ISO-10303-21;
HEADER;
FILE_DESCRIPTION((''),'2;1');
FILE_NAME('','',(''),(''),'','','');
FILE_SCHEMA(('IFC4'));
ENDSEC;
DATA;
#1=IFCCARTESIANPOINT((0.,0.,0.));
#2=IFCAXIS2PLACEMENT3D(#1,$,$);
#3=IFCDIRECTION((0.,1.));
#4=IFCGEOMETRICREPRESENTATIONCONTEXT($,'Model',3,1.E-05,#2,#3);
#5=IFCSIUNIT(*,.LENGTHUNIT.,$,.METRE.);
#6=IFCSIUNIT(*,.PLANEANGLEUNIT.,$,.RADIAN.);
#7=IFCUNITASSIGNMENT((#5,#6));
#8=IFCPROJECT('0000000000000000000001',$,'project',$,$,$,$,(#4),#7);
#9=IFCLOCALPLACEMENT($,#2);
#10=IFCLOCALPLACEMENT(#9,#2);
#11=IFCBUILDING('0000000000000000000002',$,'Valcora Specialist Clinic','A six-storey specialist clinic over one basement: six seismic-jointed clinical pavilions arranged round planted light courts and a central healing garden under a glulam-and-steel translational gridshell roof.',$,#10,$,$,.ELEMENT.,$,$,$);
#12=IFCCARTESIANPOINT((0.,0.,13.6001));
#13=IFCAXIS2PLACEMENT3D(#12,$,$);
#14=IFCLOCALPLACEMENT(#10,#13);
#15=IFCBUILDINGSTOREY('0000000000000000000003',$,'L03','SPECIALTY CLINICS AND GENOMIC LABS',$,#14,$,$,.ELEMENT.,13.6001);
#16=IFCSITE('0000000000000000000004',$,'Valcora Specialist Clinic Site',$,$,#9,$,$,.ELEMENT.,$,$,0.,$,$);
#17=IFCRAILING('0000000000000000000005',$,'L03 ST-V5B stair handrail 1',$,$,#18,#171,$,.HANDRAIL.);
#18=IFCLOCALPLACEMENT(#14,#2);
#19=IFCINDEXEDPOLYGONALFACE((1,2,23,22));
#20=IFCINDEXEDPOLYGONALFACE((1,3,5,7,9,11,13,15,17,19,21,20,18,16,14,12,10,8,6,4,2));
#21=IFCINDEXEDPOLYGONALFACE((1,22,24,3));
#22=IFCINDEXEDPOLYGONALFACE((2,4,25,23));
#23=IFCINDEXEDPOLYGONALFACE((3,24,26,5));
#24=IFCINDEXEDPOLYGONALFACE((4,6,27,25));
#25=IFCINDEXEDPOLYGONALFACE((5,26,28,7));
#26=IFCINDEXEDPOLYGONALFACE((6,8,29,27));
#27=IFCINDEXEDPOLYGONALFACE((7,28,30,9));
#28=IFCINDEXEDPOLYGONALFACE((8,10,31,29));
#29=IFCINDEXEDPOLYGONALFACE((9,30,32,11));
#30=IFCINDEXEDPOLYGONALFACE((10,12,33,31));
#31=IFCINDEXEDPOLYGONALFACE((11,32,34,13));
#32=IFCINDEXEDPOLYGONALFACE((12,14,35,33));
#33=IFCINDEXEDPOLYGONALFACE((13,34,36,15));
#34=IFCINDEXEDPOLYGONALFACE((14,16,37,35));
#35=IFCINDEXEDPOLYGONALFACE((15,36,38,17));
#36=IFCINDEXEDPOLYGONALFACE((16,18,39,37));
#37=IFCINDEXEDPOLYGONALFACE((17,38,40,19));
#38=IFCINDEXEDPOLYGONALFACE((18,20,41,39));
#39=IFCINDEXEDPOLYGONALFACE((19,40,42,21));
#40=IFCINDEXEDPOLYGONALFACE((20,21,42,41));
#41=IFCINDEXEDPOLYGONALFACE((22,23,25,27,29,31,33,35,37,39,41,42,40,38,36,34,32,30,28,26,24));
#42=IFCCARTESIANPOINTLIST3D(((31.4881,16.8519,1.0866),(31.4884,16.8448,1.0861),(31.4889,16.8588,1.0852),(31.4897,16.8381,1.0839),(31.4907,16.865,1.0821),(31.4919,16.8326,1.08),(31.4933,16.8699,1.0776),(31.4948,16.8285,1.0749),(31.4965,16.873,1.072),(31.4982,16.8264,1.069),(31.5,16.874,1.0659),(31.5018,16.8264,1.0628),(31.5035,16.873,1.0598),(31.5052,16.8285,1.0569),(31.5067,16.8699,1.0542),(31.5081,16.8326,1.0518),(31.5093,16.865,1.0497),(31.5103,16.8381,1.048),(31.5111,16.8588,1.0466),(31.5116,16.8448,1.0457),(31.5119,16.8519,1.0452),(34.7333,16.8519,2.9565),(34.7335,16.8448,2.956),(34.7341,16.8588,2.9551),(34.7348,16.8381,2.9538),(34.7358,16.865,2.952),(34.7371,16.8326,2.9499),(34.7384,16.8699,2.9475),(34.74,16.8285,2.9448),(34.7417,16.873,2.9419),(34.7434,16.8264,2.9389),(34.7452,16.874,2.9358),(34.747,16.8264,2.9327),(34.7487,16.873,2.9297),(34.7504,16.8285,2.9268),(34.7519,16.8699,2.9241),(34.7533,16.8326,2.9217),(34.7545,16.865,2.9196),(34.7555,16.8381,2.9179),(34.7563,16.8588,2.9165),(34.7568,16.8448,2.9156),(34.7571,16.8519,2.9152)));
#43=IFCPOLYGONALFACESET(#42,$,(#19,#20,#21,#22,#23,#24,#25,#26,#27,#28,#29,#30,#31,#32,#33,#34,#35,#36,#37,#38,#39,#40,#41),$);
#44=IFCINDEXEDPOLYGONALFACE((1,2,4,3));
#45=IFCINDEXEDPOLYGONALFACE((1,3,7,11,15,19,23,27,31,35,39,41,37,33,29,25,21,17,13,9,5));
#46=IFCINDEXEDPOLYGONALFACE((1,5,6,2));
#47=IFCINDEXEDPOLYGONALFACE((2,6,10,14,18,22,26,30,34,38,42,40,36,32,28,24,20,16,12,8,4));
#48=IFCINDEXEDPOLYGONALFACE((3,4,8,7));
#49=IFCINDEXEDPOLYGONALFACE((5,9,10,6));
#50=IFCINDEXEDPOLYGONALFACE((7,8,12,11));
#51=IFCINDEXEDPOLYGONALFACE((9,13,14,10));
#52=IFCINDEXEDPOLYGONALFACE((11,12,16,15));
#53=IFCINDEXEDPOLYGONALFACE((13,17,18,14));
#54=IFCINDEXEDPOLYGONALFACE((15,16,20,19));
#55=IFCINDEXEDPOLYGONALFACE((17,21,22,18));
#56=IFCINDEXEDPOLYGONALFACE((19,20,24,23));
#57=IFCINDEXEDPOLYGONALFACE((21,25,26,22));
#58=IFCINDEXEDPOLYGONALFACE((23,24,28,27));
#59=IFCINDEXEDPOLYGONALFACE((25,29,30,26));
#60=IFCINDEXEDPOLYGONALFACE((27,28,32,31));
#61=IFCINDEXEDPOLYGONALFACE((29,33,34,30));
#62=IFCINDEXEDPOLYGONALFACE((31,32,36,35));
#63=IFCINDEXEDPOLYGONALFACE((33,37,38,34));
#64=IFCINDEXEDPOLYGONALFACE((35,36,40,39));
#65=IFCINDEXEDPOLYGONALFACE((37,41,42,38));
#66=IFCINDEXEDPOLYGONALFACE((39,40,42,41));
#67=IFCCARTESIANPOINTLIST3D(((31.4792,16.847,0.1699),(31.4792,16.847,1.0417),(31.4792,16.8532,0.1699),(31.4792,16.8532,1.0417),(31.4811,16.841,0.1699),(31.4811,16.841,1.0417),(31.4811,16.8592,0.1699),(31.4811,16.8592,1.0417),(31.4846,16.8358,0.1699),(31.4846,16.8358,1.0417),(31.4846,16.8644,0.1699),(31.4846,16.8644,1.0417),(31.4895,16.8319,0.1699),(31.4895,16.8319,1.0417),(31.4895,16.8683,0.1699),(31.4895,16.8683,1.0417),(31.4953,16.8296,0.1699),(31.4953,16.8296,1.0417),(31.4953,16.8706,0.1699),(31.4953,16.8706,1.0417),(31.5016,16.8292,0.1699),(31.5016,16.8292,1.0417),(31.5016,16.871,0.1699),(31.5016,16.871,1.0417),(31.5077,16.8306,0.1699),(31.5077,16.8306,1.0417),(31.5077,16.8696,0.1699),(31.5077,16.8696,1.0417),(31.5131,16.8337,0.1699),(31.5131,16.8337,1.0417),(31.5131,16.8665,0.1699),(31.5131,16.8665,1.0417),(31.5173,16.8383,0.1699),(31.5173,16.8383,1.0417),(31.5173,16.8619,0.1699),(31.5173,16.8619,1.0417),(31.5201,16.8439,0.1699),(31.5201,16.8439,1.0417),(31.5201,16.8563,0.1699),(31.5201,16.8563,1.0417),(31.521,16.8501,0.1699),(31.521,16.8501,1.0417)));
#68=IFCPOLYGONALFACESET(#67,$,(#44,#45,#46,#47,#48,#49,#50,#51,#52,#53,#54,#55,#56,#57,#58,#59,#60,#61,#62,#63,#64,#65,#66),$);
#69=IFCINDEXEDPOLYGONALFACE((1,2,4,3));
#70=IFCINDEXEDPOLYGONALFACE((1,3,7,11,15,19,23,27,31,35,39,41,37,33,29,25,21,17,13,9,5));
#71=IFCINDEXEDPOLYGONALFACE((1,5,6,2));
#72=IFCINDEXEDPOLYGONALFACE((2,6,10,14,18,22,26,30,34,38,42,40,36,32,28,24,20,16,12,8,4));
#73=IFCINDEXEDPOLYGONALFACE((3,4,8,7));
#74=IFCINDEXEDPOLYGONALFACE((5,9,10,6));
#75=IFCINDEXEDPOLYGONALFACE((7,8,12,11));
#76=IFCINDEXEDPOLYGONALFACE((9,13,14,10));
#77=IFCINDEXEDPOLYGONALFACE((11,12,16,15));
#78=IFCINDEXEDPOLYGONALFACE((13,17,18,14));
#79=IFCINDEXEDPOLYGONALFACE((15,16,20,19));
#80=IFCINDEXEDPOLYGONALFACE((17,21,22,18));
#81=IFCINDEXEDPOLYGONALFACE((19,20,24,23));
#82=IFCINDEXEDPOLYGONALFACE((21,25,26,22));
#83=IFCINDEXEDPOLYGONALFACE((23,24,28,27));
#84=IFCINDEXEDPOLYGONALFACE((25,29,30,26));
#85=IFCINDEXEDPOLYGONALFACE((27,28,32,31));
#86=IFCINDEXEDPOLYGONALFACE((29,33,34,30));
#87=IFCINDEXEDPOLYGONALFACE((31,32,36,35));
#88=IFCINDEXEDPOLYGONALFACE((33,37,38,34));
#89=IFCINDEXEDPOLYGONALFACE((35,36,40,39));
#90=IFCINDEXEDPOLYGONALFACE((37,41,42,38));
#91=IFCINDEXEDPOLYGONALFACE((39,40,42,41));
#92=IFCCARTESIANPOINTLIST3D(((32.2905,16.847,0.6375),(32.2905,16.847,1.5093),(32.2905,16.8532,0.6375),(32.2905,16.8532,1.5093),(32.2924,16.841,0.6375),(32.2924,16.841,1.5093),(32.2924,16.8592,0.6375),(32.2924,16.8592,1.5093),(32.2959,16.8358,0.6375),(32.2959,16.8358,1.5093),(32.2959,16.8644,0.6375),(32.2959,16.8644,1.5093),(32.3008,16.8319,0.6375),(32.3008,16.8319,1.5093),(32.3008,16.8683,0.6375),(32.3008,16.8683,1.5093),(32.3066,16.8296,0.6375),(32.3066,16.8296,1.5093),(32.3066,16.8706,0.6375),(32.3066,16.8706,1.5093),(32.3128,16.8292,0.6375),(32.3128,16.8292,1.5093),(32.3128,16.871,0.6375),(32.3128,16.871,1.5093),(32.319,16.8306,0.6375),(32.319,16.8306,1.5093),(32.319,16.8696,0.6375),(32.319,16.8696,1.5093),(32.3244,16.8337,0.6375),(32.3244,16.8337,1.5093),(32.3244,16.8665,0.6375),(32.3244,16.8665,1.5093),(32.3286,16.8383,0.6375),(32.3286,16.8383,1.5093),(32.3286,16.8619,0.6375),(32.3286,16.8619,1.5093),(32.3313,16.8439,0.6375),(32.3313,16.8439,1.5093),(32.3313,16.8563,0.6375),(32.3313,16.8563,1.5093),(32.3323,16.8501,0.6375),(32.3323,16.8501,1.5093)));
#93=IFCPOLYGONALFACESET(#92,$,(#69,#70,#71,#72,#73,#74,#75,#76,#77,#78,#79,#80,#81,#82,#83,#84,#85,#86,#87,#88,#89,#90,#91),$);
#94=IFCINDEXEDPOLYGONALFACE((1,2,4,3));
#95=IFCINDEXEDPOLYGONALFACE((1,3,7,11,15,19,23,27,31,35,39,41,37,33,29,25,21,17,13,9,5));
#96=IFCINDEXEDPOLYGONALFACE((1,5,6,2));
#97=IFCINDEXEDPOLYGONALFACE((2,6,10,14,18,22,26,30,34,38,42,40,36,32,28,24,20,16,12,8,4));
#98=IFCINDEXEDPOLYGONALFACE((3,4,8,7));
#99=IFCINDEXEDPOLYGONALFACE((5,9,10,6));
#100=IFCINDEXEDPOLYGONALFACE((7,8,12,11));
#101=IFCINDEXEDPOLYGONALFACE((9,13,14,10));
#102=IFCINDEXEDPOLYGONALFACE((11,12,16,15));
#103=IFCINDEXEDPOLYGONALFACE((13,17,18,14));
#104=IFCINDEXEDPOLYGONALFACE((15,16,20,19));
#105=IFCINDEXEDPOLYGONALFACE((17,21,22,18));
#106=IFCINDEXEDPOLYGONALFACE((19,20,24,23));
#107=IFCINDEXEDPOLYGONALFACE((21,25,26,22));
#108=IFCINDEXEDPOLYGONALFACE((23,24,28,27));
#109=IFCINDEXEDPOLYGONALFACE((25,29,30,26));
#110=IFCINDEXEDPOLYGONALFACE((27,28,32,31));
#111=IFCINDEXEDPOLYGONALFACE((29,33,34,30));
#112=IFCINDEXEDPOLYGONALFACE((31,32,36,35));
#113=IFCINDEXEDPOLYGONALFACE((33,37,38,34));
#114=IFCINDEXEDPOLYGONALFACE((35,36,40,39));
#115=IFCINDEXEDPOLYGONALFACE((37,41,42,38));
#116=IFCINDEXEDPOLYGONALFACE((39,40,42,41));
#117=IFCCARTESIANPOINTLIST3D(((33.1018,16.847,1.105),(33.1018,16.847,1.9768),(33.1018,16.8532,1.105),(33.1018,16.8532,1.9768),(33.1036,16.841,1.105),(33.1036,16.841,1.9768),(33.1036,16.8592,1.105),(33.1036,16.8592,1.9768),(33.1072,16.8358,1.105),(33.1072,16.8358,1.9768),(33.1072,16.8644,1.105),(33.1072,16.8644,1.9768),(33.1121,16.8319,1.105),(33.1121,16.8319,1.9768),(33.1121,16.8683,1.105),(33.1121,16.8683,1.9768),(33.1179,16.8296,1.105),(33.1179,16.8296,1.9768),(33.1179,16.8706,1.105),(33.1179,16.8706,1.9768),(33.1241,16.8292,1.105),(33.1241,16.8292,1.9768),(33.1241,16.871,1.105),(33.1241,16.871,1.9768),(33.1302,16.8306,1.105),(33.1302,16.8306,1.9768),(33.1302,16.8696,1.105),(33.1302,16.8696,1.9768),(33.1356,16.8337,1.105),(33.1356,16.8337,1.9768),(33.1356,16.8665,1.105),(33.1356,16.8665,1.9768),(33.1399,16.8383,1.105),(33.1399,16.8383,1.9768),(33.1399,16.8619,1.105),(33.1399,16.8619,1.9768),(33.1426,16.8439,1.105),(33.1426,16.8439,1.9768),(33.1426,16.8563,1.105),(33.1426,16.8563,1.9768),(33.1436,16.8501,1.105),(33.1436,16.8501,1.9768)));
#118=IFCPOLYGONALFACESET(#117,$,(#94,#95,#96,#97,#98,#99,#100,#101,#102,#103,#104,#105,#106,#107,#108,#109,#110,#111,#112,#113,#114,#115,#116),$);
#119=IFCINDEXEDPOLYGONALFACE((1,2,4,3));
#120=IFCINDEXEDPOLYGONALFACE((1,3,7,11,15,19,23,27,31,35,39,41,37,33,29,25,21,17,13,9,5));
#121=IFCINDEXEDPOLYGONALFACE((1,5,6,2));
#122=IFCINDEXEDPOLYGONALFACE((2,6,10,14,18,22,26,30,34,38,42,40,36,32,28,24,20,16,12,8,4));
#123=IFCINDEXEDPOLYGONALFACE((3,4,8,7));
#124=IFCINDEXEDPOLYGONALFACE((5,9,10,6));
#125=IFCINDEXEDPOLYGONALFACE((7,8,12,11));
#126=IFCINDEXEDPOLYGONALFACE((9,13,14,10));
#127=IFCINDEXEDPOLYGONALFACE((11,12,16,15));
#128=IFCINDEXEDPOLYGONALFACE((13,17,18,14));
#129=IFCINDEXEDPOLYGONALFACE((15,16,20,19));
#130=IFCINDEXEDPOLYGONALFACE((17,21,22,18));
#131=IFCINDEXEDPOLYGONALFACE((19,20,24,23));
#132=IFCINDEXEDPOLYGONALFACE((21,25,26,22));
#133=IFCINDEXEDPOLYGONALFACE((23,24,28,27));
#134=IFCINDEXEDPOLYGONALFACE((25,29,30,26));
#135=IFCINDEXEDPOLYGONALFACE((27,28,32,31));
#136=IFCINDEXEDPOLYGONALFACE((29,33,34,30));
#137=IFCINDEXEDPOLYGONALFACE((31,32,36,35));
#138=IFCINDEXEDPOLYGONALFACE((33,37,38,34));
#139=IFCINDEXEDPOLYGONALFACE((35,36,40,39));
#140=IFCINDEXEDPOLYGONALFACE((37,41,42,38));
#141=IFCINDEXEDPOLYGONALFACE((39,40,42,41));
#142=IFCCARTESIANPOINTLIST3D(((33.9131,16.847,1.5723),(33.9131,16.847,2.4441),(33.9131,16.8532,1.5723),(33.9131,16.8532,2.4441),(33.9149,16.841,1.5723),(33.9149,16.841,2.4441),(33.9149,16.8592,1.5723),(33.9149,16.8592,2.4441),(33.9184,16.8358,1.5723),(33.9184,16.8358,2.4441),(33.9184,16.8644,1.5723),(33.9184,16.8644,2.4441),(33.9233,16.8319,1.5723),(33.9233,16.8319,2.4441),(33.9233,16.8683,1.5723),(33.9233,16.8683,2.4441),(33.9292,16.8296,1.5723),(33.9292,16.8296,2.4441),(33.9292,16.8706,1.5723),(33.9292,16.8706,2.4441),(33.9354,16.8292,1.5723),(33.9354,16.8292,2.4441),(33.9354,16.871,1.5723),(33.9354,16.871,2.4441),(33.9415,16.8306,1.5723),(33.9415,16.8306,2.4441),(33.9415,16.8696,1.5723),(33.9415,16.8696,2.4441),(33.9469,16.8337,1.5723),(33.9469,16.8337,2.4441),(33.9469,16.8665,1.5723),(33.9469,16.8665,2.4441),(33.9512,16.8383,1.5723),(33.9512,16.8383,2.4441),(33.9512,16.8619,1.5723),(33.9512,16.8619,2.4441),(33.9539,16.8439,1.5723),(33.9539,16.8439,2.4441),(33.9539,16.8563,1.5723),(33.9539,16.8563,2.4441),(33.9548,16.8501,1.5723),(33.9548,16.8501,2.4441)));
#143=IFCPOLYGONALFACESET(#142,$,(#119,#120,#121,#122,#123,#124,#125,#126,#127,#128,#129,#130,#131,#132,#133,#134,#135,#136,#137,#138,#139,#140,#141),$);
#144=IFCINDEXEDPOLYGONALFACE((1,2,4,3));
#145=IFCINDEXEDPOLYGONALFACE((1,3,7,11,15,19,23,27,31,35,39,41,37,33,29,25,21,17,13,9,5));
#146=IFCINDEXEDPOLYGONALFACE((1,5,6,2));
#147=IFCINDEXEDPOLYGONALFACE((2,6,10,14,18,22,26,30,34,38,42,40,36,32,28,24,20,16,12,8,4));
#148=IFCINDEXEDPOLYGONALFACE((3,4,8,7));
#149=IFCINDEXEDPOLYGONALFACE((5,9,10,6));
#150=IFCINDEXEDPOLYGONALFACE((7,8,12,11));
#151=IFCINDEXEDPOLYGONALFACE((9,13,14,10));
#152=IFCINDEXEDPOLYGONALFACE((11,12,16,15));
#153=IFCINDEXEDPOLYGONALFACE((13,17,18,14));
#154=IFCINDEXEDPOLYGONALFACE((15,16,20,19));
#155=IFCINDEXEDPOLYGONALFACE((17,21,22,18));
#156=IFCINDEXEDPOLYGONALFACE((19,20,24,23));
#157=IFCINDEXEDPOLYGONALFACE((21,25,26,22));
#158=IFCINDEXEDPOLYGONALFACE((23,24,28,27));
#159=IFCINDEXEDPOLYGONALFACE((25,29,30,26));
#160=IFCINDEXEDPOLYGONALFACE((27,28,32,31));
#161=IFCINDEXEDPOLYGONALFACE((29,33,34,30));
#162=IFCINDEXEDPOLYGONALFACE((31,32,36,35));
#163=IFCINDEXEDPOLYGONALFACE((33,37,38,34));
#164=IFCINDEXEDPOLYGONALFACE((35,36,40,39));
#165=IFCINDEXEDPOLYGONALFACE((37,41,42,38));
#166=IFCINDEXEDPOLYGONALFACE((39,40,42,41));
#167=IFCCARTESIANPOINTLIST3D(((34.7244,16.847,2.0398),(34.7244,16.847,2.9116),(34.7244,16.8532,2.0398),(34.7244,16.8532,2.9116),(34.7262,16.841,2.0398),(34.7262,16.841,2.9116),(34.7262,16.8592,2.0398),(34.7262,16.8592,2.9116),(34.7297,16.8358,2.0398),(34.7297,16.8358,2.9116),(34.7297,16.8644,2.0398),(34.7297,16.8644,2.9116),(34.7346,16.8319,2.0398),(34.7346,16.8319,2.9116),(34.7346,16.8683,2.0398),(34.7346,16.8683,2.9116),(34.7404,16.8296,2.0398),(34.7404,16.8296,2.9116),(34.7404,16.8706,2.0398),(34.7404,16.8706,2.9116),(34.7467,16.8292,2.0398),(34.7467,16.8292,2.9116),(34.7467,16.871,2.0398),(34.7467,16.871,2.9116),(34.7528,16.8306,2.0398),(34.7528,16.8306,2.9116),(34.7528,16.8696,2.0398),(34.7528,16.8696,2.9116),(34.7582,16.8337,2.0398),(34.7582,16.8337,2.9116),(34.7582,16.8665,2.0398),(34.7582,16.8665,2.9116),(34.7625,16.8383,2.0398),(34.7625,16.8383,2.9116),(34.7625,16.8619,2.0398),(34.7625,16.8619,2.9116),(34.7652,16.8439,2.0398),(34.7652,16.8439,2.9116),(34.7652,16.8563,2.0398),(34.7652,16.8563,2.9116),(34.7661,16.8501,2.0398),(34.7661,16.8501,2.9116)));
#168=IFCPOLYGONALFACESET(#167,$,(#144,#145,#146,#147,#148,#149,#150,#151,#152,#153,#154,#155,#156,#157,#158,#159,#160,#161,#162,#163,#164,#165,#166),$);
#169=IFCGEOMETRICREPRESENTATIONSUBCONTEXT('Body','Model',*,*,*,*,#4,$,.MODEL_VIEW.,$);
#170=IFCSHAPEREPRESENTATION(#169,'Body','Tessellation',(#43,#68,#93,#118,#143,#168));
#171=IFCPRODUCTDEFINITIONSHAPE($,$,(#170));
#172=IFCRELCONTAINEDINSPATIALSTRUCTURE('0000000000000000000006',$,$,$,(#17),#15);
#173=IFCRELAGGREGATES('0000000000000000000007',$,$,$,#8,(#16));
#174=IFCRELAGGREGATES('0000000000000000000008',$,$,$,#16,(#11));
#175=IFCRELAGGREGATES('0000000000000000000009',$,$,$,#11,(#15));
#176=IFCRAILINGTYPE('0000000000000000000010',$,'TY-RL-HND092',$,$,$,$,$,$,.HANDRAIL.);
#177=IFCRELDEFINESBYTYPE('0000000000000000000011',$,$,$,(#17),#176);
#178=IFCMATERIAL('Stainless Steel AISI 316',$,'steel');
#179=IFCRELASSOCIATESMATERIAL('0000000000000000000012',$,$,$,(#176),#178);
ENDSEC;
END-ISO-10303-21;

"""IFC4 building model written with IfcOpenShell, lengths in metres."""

from ifc_helpers import new_model, si_unit, direction, frame, origin, origin_2d, place, context, subcontext, project, spatial, circle, extrude, material, type_object, element, save


model = new_model("IFC4")

# Units and contexts
model_context = context("Model", 3, precision=1e-05, world=origin(), true_north=direction((0.0, 1.0)))
body_context = subcontext(model_context, "Body", "Model", "MODEL_VIEW")
ifc_project = project(units=[si_unit("LENGTHUNIT", "METRE"), si_unit("PLANEANGLEUNIT", "RADIAN")], contexts=[model_context])

# Site, building, storey
site_placement = place(None, origin())
site = spatial("IfcSite", under=ifc_project, at=site_placement, Name="Valcora Specialist Clinic Site", CompositionType="ELEMENT", RefElevation=0.0)
building_placement = place(site_placement, origin())
building = spatial("IfcBuilding", under=site, at=building_placement, Name="Valcora Specialist Clinic", Description="A six-storey specialist clinic over one basement: six seismic-jointed clinical pavilions arranged round planted light courts and a central healing garden under a glulam-and-steel translational gridshell roof.", CompositionType="ELEMENT")
storey_placement = place(building_placement, frame((0.0, 0.0, 13.6001)))
storey = spatial("IfcBuildingStorey", under=building, at=storey_placement, Name="L03", Description="SPECIALTY CLINICS AND GENOMIC LABS", CompositionType="ELEMENT", Elevation=13.6001)

# Shared definitions
ifc_material_1 = material(Name="Stainless Steel AISI 316", Category="steel")

# Railing
railing_type_1 = type_object("IfcRailingType", Name="TY-RL-HND092", PredefinedType="HANDRAIL", material=ifc_material_1)
railing_1_placement = place(storey_placement, frame((31.5, 16.8501, 0.1699)))
element("IfcRailing", 1, at=railing_1_placement, inside=storey, type_object=railing_type_1, Name="L03 ST-V5B stair handrail 1", PredefinedType="HANDRAIL", context=body_context, shape_type="SweptSolid", body=[
    extrude(circle(Radius=0.0239, at=origin_2d()), frame((0.0, 0.0, 0.896), z_axis=(0.866452, 0.0, 0.49926), x_axis=(0.0, 1.0, 0.0)), (0.0, 0.0, 1.0), 3.7454),
    extrude(circle(Radius=0.021, at=origin_2d()), origin(), (0.0, 0.0, 1.0), 0.8718),
    extrude(circle(Radius=0.021, at=origin_2d()), frame((0.8113, 0.0, 0.4675)), (0.0, 0.0, 1.0), 0.8718),
    extrude(circle(Radius=0.021, at=origin_2d()), frame((1.6226, 0.0, 0.9351)), (0.0, 0.0, 1.0), 0.8718),
    extrude(circle(Radius=0.021, at=origin_2d()), frame((2.4338, 0.0, 1.4023)), (0.0, 0.0, 1.0), 0.8718),
    extrude(circle(Radius=0.021, at=origin_2d()), frame((3.2451, 0.0, 1.8699)), (0.0, 0.0, 1.0), 0.8718),
])

save(model, "model.ifc")
